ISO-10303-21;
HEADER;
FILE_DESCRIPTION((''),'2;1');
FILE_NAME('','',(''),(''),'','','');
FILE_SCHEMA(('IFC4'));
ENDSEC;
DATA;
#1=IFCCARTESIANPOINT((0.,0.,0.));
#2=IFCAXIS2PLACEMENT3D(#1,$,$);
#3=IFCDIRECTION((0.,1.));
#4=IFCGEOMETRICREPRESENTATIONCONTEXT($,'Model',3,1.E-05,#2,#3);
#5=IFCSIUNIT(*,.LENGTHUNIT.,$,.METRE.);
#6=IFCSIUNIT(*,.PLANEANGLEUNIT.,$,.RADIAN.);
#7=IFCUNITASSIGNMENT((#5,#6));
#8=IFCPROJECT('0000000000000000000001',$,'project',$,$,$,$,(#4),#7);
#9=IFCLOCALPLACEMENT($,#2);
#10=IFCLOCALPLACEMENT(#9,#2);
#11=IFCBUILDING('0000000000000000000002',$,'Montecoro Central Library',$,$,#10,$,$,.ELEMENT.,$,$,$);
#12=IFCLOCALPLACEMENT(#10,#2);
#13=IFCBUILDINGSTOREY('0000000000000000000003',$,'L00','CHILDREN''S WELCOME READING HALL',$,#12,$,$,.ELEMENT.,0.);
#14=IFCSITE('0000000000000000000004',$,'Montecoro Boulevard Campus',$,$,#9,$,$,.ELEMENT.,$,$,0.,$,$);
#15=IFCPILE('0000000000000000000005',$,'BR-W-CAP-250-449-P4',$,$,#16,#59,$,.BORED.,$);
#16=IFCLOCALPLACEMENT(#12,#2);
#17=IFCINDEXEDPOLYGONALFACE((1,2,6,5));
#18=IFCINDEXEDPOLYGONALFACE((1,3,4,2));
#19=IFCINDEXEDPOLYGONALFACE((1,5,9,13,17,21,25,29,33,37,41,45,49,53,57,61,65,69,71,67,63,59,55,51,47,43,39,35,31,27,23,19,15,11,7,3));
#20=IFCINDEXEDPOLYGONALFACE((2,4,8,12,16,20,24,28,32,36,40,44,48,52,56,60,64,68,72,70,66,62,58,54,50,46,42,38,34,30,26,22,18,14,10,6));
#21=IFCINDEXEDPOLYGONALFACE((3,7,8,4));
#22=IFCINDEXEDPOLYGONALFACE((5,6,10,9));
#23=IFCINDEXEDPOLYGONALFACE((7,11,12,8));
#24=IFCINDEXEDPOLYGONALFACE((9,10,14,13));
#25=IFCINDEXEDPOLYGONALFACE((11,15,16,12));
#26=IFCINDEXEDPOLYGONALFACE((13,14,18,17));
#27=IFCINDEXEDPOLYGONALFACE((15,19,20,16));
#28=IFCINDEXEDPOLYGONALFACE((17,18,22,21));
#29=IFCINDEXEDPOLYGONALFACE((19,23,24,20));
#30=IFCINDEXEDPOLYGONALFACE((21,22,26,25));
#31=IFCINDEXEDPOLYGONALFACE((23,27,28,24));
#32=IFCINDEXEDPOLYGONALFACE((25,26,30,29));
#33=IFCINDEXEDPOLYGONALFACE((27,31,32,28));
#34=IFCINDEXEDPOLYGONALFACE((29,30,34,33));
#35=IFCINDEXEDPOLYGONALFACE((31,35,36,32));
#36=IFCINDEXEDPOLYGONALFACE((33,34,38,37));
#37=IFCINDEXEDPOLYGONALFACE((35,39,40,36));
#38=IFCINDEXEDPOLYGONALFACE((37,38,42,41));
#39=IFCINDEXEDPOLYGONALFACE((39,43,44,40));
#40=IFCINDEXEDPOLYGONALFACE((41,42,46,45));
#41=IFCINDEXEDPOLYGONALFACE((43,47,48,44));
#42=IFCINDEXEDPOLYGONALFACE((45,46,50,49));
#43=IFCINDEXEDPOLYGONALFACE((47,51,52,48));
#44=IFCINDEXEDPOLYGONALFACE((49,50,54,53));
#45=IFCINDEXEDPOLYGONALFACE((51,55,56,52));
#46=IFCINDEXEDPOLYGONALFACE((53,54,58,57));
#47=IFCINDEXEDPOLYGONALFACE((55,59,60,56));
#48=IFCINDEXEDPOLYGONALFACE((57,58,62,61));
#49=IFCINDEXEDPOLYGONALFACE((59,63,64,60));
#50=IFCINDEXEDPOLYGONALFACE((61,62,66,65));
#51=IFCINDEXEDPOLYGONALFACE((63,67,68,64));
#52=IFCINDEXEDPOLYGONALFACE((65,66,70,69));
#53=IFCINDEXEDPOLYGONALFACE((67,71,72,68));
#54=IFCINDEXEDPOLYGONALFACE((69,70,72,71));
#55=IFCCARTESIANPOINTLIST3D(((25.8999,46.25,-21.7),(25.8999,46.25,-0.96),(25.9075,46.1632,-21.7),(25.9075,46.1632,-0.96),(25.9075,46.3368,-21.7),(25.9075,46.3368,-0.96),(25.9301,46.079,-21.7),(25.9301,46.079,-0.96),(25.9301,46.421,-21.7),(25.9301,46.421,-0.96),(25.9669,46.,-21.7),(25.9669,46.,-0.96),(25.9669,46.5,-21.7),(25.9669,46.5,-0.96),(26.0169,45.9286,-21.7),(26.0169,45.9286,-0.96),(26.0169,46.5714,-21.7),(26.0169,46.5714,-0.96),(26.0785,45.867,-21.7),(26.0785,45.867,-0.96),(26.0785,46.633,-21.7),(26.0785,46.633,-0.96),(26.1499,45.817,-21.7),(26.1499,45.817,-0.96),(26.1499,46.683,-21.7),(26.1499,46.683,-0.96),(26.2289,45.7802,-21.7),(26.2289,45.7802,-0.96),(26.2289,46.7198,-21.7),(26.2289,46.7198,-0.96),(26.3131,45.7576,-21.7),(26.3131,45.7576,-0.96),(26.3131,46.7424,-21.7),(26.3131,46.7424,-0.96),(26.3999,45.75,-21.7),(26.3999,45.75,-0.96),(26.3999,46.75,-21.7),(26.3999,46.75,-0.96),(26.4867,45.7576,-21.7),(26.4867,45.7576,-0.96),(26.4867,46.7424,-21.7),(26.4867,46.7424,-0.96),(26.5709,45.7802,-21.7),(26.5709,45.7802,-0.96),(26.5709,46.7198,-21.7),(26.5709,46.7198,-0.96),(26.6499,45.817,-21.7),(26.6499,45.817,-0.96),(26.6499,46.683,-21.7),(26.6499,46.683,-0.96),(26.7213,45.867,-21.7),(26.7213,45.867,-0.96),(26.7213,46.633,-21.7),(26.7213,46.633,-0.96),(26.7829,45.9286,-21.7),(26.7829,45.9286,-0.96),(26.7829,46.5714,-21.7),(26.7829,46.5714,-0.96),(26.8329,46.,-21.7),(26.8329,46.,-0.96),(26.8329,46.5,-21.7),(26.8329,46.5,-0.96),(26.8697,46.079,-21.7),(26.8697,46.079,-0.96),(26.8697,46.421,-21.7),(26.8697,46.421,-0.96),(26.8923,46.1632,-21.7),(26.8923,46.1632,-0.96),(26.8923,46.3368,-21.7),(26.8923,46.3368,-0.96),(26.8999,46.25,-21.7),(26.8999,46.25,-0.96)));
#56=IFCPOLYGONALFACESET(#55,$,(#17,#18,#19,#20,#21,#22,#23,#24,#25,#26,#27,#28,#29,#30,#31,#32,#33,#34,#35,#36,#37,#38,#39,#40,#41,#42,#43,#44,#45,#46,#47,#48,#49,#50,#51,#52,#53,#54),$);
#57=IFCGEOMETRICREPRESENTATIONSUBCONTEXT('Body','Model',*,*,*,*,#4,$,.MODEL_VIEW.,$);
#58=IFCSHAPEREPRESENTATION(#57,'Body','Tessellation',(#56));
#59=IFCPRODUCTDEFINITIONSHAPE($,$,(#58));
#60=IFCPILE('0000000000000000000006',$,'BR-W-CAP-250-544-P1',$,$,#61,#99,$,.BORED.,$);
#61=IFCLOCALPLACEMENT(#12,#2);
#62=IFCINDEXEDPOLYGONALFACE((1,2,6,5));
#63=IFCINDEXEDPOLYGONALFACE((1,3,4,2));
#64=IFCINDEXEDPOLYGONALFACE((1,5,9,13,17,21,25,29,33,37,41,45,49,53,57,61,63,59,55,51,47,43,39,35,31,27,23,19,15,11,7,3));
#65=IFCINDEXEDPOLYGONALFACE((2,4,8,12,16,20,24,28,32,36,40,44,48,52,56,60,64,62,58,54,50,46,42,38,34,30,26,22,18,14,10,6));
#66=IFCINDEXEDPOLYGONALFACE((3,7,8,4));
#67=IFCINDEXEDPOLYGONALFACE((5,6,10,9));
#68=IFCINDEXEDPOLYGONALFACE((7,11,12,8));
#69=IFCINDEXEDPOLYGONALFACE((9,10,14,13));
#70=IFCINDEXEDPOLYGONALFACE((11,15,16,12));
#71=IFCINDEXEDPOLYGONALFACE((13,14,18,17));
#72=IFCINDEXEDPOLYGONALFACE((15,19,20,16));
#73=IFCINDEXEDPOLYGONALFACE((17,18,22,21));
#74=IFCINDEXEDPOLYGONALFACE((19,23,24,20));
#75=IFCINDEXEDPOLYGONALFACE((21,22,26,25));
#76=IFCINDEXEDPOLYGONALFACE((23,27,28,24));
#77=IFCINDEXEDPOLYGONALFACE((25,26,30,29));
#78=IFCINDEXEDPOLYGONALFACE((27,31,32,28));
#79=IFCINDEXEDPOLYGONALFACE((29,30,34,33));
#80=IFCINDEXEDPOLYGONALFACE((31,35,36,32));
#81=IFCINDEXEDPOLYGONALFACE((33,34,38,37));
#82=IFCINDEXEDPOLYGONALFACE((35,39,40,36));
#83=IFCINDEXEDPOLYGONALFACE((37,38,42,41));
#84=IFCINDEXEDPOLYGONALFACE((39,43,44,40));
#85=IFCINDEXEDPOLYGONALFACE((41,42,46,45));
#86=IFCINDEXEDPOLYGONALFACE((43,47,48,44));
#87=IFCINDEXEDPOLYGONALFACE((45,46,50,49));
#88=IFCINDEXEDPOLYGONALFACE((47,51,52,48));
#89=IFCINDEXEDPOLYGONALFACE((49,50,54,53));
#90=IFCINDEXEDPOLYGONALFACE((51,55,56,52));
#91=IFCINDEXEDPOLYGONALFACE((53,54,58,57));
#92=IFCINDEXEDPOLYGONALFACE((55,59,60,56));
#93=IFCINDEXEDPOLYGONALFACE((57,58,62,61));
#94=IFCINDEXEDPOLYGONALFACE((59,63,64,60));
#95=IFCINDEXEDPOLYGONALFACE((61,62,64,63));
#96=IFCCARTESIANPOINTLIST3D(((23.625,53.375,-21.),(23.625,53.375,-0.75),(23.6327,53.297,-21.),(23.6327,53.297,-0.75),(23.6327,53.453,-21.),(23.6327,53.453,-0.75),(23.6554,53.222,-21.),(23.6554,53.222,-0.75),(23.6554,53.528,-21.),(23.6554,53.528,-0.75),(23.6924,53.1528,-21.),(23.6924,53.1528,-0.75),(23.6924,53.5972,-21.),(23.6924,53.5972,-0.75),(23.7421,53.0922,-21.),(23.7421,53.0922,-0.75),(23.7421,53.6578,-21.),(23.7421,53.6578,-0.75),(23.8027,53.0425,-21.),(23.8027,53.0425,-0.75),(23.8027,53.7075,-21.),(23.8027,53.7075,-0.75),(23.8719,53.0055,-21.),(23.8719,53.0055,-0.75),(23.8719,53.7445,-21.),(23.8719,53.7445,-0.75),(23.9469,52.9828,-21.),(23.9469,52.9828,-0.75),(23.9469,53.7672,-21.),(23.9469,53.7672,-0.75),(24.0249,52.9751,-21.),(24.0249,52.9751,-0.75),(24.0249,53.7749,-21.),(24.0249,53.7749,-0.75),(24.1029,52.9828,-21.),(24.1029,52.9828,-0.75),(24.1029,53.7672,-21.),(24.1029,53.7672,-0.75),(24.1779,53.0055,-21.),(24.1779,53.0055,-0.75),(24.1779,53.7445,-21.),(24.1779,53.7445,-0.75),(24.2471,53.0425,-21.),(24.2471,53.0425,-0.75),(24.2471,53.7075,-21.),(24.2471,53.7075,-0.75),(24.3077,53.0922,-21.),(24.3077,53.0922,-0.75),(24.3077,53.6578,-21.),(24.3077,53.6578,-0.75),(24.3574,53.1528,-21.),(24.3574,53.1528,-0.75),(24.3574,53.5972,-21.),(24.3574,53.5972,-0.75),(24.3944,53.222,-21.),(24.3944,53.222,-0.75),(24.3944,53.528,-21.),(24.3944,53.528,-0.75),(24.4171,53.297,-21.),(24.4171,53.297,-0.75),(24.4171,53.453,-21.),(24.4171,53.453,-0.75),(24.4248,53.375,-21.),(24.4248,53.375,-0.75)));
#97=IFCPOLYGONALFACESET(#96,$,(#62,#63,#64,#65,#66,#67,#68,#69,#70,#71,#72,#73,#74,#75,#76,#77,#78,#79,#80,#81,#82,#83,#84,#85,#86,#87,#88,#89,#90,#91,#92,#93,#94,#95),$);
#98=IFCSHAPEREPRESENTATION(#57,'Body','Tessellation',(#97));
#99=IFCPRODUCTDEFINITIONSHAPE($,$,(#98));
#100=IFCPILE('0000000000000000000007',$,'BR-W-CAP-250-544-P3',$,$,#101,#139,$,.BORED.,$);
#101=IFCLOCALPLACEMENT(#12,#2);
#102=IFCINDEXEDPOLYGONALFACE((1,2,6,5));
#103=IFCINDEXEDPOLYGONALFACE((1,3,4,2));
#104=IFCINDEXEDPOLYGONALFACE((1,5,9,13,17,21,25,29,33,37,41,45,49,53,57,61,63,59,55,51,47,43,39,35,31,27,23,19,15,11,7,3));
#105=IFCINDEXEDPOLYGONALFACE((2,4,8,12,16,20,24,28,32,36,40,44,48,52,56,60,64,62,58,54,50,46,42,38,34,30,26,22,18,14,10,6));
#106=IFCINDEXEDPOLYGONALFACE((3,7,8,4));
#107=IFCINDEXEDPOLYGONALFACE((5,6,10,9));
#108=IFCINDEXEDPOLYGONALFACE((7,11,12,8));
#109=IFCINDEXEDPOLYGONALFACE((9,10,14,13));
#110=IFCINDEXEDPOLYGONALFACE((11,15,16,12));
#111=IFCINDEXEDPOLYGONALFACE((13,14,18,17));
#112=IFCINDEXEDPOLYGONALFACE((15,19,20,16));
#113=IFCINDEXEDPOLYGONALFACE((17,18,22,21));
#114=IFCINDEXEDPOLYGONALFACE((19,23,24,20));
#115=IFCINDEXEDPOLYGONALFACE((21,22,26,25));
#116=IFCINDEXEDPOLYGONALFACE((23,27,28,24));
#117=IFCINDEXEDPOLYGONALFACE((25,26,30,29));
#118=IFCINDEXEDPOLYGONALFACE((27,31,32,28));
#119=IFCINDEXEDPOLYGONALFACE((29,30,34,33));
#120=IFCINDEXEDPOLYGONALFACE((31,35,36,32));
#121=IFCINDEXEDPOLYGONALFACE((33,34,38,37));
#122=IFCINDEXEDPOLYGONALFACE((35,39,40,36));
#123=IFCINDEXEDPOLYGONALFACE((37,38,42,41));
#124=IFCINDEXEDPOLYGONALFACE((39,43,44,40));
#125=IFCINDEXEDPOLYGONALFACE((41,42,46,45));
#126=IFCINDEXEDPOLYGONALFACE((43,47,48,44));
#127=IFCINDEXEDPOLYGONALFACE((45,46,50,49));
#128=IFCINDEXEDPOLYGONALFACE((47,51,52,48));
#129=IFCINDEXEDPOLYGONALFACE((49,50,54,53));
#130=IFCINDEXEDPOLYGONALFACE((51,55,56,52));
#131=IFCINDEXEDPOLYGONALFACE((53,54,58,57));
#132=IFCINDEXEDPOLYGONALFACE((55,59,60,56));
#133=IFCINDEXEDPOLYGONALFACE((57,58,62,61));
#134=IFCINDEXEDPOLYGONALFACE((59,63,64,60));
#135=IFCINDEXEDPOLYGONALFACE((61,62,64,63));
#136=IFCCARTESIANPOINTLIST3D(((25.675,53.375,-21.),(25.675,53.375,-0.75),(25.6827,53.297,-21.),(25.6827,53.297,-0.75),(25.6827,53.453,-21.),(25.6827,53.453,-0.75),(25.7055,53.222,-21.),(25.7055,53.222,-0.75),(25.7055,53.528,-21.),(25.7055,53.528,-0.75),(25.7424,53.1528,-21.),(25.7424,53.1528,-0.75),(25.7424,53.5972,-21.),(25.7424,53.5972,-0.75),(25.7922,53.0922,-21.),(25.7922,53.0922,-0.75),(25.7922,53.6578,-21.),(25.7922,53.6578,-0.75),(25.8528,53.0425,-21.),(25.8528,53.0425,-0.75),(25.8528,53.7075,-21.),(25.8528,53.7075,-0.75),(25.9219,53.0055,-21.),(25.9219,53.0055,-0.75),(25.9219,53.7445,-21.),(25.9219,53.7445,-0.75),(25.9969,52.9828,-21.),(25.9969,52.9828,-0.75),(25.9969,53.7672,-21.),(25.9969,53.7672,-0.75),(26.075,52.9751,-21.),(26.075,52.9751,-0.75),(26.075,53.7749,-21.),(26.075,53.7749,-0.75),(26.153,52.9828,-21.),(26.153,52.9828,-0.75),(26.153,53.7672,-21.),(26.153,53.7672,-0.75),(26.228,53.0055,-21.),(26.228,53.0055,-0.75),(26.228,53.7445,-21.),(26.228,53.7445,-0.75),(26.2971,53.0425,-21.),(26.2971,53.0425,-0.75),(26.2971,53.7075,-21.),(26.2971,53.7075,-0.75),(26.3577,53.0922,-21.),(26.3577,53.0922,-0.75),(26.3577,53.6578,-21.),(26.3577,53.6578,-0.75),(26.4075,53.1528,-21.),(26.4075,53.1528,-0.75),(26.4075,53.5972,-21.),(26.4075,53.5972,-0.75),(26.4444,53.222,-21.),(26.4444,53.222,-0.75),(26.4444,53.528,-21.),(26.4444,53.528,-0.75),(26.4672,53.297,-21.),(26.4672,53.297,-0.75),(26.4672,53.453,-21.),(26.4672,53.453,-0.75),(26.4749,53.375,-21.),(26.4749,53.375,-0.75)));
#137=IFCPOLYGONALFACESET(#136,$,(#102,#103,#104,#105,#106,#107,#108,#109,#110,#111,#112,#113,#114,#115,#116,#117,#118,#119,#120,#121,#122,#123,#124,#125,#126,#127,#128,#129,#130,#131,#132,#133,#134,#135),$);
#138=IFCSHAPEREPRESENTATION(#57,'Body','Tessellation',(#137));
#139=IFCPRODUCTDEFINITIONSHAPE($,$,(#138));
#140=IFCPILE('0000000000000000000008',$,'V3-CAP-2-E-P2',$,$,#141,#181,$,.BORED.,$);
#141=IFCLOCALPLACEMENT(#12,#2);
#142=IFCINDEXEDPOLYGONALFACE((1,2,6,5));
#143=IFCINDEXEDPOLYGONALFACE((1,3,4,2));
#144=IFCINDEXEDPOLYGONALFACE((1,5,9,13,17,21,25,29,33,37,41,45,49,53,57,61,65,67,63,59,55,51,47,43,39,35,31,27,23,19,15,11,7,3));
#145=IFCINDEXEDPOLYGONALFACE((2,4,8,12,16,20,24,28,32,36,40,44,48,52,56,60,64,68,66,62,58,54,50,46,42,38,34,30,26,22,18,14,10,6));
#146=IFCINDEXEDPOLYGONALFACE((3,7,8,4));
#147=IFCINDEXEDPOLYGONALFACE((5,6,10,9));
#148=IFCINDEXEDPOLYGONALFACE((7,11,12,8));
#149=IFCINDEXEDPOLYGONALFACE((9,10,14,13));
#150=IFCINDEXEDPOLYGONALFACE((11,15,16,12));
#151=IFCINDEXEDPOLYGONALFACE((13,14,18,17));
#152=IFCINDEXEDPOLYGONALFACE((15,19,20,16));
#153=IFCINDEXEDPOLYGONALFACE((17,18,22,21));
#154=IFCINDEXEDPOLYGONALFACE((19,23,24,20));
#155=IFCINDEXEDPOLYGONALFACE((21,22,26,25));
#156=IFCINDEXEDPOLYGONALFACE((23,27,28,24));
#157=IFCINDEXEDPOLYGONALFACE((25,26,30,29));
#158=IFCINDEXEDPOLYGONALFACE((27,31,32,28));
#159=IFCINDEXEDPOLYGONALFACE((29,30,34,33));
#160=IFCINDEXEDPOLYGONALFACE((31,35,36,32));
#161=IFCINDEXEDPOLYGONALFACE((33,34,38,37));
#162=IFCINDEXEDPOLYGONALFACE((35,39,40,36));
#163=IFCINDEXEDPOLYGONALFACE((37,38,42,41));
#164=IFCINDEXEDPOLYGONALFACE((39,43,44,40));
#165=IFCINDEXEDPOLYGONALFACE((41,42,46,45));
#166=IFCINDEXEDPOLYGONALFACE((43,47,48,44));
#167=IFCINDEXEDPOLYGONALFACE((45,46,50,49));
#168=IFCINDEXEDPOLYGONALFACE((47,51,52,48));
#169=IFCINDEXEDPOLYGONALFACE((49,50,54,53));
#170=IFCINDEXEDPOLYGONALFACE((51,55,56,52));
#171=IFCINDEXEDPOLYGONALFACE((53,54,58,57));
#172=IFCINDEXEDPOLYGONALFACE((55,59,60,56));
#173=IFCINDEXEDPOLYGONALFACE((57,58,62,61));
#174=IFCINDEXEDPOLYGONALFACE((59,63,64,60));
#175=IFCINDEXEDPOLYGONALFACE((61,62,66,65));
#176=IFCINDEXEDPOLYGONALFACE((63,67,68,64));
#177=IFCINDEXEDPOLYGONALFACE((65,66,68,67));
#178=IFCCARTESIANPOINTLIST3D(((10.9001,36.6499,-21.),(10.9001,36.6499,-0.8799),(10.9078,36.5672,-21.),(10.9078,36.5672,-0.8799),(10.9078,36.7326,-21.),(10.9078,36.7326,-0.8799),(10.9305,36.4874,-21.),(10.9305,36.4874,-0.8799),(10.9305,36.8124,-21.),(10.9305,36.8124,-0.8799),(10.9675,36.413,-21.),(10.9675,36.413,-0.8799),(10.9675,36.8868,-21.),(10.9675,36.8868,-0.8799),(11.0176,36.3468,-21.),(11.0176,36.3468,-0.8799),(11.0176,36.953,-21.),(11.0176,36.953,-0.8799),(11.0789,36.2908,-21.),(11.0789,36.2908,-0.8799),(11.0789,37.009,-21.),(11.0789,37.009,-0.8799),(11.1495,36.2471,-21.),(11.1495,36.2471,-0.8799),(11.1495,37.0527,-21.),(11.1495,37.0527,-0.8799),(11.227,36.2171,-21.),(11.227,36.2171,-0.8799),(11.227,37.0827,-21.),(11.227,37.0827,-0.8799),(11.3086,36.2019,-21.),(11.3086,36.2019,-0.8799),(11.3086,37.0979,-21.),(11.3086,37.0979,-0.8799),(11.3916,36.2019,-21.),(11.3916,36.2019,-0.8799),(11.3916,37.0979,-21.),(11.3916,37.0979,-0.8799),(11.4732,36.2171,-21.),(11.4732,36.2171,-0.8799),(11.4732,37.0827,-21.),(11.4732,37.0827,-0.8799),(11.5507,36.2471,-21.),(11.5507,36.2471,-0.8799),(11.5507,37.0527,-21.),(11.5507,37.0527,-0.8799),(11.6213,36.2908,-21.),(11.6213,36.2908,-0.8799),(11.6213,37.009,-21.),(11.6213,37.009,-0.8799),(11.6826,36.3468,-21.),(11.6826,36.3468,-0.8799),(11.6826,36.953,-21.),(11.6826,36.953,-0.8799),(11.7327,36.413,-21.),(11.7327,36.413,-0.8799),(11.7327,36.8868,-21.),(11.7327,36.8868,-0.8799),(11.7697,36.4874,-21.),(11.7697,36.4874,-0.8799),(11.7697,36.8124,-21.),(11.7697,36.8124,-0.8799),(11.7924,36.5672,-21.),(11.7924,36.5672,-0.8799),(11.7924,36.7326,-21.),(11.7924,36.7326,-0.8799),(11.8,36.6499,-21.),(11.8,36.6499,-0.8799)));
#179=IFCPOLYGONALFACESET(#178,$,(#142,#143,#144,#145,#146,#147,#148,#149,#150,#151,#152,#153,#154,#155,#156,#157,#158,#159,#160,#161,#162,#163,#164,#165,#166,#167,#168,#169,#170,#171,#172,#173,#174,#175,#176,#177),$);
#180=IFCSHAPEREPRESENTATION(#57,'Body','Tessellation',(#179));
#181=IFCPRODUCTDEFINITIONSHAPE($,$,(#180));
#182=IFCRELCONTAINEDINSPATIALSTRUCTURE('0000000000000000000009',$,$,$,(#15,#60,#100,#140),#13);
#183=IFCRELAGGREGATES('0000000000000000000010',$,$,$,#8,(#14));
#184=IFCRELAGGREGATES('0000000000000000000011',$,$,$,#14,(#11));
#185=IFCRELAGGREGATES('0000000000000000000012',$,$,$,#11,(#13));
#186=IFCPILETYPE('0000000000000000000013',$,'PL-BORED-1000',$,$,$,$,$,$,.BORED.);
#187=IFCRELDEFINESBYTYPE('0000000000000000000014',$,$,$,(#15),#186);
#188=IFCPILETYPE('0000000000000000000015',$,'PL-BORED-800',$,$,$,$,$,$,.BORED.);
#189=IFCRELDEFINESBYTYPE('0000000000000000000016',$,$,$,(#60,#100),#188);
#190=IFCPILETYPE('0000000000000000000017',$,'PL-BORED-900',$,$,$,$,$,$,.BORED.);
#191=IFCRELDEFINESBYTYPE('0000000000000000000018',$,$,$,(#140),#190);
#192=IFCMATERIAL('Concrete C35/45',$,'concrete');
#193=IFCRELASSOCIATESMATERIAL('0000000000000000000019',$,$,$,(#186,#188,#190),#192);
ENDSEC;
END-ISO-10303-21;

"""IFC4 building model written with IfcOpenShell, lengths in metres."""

from ifc_helpers import new_model, si_unit, direction, frame, origin, origin_2d, place, context, subcontext, project, spatial, circle, extrude, material, material_profile, profile_set, type_object, element, save


model = new_model("IFC4")

# Units and contexts
model_context = context("Model", 3, precision=1e-05, world=origin(), true_north=direction((0.0, 1.0)))
body_context = subcontext(model_context, "Body", "Model", "MODEL_VIEW")
ifc_project = project(units=[si_unit("LENGTHUNIT", "METRE"), si_unit("PLANEANGLEUNIT", "RADIAN")], contexts=[model_context])

# Site, building, storey
site_placement = place(None, origin())
site = spatial("IfcSite", under=ifc_project, at=site_placement, Name="Montecoro Boulevard Campus", CompositionType="ELEMENT", RefElevation=0.0)
building_placement = place(site_placement, origin())
building = spatial("IfcBuilding", under=site, at=building_placement, Name="Montecoro Central Library", CompositionType="ELEMENT")
storey_placement = place(building_placement, origin())
storey = spatial("IfcBuildingStorey", under=building, at=storey_placement, Name="L00", Description="CHILDREN'S WELCOME READING HALL", CompositionType="ELEMENT", Elevation=0.0)

# Shared definitions
ifc_material_1 = material(Name="Concrete C35/45", Category="concrete")

# Piles
ifc_material_profile_1 = material_profile(ifc_material_1, circle(Radius=0.5, at=origin_2d()), Name="PILE D1000")
ifc_profile_set_1 = profile_set([ifc_material_profile_1], Name="Concrete C35/45")
pile_type_1 = type_object("IfcPileType", Name="PL-BORED-1000", PredefinedType="BORED", material=ifc_profile_set_1)
for number, where, z_axis, x_axis, name in (
    (1, (26.3999, 46.25, -0.96), (0.0, 0.0, -1.0), (1.0, 0.0, 0.0), "BR-W-CAP-250-449-P4"),
):
    element("IfcPile", number, at=place(storey_placement, frame(where, z_axis=z_axis, x_axis=x_axis)), inside=storey, type_object=pile_type_1, Name=name, PredefinedType="BORED", context=body_context, shape_type="SweptSolid", body=[
        extrude(circle(Radius=0.5, at=origin_2d()), origin(), (0.0, 0.0, 1.0), 20.74),
    ])
ifc_material_profile_2 = material_profile(ifc_material_1, circle(Radius=0.3999, at=origin_2d()), Name="PILE D800")
ifc_profile_set_2 = profile_set([ifc_material_profile_2], Name="Concrete C35/45")
pile_type_2 = type_object("IfcPileType", Name="PL-BORED-800", PredefinedType="BORED", material=ifc_profile_set_2)
for number, where, z_axis, x_axis, name in (
    (2, (24.0249, 53.375, -0.75), (0.0, 0.0, -1.0), (1.0, 0.0, 0.0), "BR-W-CAP-250-544-P1"),
    (3, (26.075, 53.375, -0.75), (0.0, 0.0, -1.0), (1.0, 0.0, 0.0), "BR-W-CAP-250-544-P3"),
):
    element("IfcPile", number, at=place(storey_placement, frame(where, z_axis=z_axis, x_axis=x_axis)), inside=storey, type_object=pile_type_2, Name=name, PredefinedType="BORED", context=body_context, shape_type="SweptSolid", body=[
        extrude(circle(Radius=0.3999, at=origin_2d()), origin(), (0.0, 0.0, 1.0), 20.25),
    ])
ifc_material_profile_3 = material_profile(ifc_material_1, circle(Radius=0.45, at=origin_2d()), Name="PILE D900")
ifc_profile_set_3 = profile_set([ifc_material_profile_3], Name="Concrete C35/45")
pile_type_3 = type_object("IfcPileType", Name="PL-BORED-900", PredefinedType="BORED", material=ifc_profile_set_3)
for number, where, z_axis, x_axis, name in (
    (4, (11.3501, 36.6499, -0.8799), (0.0, 0.0, -1.0), (1.0, 0.0, 0.0), "V3-CAP-2-E-P2"),
):
    element("IfcPile", number, at=place(storey_placement, frame(where, z_axis=z_axis, x_axis=x_axis)), inside=storey, type_object=pile_type_3, Name=name, PredefinedType="BORED", context=body_context, shape_type="SweptSolid", body=[
        extrude(circle(Radius=0.45, at=origin_2d()), origin(), (0.0, 0.0, 1.0), 20.1201),
    ])

save(model, "model.ifc")
